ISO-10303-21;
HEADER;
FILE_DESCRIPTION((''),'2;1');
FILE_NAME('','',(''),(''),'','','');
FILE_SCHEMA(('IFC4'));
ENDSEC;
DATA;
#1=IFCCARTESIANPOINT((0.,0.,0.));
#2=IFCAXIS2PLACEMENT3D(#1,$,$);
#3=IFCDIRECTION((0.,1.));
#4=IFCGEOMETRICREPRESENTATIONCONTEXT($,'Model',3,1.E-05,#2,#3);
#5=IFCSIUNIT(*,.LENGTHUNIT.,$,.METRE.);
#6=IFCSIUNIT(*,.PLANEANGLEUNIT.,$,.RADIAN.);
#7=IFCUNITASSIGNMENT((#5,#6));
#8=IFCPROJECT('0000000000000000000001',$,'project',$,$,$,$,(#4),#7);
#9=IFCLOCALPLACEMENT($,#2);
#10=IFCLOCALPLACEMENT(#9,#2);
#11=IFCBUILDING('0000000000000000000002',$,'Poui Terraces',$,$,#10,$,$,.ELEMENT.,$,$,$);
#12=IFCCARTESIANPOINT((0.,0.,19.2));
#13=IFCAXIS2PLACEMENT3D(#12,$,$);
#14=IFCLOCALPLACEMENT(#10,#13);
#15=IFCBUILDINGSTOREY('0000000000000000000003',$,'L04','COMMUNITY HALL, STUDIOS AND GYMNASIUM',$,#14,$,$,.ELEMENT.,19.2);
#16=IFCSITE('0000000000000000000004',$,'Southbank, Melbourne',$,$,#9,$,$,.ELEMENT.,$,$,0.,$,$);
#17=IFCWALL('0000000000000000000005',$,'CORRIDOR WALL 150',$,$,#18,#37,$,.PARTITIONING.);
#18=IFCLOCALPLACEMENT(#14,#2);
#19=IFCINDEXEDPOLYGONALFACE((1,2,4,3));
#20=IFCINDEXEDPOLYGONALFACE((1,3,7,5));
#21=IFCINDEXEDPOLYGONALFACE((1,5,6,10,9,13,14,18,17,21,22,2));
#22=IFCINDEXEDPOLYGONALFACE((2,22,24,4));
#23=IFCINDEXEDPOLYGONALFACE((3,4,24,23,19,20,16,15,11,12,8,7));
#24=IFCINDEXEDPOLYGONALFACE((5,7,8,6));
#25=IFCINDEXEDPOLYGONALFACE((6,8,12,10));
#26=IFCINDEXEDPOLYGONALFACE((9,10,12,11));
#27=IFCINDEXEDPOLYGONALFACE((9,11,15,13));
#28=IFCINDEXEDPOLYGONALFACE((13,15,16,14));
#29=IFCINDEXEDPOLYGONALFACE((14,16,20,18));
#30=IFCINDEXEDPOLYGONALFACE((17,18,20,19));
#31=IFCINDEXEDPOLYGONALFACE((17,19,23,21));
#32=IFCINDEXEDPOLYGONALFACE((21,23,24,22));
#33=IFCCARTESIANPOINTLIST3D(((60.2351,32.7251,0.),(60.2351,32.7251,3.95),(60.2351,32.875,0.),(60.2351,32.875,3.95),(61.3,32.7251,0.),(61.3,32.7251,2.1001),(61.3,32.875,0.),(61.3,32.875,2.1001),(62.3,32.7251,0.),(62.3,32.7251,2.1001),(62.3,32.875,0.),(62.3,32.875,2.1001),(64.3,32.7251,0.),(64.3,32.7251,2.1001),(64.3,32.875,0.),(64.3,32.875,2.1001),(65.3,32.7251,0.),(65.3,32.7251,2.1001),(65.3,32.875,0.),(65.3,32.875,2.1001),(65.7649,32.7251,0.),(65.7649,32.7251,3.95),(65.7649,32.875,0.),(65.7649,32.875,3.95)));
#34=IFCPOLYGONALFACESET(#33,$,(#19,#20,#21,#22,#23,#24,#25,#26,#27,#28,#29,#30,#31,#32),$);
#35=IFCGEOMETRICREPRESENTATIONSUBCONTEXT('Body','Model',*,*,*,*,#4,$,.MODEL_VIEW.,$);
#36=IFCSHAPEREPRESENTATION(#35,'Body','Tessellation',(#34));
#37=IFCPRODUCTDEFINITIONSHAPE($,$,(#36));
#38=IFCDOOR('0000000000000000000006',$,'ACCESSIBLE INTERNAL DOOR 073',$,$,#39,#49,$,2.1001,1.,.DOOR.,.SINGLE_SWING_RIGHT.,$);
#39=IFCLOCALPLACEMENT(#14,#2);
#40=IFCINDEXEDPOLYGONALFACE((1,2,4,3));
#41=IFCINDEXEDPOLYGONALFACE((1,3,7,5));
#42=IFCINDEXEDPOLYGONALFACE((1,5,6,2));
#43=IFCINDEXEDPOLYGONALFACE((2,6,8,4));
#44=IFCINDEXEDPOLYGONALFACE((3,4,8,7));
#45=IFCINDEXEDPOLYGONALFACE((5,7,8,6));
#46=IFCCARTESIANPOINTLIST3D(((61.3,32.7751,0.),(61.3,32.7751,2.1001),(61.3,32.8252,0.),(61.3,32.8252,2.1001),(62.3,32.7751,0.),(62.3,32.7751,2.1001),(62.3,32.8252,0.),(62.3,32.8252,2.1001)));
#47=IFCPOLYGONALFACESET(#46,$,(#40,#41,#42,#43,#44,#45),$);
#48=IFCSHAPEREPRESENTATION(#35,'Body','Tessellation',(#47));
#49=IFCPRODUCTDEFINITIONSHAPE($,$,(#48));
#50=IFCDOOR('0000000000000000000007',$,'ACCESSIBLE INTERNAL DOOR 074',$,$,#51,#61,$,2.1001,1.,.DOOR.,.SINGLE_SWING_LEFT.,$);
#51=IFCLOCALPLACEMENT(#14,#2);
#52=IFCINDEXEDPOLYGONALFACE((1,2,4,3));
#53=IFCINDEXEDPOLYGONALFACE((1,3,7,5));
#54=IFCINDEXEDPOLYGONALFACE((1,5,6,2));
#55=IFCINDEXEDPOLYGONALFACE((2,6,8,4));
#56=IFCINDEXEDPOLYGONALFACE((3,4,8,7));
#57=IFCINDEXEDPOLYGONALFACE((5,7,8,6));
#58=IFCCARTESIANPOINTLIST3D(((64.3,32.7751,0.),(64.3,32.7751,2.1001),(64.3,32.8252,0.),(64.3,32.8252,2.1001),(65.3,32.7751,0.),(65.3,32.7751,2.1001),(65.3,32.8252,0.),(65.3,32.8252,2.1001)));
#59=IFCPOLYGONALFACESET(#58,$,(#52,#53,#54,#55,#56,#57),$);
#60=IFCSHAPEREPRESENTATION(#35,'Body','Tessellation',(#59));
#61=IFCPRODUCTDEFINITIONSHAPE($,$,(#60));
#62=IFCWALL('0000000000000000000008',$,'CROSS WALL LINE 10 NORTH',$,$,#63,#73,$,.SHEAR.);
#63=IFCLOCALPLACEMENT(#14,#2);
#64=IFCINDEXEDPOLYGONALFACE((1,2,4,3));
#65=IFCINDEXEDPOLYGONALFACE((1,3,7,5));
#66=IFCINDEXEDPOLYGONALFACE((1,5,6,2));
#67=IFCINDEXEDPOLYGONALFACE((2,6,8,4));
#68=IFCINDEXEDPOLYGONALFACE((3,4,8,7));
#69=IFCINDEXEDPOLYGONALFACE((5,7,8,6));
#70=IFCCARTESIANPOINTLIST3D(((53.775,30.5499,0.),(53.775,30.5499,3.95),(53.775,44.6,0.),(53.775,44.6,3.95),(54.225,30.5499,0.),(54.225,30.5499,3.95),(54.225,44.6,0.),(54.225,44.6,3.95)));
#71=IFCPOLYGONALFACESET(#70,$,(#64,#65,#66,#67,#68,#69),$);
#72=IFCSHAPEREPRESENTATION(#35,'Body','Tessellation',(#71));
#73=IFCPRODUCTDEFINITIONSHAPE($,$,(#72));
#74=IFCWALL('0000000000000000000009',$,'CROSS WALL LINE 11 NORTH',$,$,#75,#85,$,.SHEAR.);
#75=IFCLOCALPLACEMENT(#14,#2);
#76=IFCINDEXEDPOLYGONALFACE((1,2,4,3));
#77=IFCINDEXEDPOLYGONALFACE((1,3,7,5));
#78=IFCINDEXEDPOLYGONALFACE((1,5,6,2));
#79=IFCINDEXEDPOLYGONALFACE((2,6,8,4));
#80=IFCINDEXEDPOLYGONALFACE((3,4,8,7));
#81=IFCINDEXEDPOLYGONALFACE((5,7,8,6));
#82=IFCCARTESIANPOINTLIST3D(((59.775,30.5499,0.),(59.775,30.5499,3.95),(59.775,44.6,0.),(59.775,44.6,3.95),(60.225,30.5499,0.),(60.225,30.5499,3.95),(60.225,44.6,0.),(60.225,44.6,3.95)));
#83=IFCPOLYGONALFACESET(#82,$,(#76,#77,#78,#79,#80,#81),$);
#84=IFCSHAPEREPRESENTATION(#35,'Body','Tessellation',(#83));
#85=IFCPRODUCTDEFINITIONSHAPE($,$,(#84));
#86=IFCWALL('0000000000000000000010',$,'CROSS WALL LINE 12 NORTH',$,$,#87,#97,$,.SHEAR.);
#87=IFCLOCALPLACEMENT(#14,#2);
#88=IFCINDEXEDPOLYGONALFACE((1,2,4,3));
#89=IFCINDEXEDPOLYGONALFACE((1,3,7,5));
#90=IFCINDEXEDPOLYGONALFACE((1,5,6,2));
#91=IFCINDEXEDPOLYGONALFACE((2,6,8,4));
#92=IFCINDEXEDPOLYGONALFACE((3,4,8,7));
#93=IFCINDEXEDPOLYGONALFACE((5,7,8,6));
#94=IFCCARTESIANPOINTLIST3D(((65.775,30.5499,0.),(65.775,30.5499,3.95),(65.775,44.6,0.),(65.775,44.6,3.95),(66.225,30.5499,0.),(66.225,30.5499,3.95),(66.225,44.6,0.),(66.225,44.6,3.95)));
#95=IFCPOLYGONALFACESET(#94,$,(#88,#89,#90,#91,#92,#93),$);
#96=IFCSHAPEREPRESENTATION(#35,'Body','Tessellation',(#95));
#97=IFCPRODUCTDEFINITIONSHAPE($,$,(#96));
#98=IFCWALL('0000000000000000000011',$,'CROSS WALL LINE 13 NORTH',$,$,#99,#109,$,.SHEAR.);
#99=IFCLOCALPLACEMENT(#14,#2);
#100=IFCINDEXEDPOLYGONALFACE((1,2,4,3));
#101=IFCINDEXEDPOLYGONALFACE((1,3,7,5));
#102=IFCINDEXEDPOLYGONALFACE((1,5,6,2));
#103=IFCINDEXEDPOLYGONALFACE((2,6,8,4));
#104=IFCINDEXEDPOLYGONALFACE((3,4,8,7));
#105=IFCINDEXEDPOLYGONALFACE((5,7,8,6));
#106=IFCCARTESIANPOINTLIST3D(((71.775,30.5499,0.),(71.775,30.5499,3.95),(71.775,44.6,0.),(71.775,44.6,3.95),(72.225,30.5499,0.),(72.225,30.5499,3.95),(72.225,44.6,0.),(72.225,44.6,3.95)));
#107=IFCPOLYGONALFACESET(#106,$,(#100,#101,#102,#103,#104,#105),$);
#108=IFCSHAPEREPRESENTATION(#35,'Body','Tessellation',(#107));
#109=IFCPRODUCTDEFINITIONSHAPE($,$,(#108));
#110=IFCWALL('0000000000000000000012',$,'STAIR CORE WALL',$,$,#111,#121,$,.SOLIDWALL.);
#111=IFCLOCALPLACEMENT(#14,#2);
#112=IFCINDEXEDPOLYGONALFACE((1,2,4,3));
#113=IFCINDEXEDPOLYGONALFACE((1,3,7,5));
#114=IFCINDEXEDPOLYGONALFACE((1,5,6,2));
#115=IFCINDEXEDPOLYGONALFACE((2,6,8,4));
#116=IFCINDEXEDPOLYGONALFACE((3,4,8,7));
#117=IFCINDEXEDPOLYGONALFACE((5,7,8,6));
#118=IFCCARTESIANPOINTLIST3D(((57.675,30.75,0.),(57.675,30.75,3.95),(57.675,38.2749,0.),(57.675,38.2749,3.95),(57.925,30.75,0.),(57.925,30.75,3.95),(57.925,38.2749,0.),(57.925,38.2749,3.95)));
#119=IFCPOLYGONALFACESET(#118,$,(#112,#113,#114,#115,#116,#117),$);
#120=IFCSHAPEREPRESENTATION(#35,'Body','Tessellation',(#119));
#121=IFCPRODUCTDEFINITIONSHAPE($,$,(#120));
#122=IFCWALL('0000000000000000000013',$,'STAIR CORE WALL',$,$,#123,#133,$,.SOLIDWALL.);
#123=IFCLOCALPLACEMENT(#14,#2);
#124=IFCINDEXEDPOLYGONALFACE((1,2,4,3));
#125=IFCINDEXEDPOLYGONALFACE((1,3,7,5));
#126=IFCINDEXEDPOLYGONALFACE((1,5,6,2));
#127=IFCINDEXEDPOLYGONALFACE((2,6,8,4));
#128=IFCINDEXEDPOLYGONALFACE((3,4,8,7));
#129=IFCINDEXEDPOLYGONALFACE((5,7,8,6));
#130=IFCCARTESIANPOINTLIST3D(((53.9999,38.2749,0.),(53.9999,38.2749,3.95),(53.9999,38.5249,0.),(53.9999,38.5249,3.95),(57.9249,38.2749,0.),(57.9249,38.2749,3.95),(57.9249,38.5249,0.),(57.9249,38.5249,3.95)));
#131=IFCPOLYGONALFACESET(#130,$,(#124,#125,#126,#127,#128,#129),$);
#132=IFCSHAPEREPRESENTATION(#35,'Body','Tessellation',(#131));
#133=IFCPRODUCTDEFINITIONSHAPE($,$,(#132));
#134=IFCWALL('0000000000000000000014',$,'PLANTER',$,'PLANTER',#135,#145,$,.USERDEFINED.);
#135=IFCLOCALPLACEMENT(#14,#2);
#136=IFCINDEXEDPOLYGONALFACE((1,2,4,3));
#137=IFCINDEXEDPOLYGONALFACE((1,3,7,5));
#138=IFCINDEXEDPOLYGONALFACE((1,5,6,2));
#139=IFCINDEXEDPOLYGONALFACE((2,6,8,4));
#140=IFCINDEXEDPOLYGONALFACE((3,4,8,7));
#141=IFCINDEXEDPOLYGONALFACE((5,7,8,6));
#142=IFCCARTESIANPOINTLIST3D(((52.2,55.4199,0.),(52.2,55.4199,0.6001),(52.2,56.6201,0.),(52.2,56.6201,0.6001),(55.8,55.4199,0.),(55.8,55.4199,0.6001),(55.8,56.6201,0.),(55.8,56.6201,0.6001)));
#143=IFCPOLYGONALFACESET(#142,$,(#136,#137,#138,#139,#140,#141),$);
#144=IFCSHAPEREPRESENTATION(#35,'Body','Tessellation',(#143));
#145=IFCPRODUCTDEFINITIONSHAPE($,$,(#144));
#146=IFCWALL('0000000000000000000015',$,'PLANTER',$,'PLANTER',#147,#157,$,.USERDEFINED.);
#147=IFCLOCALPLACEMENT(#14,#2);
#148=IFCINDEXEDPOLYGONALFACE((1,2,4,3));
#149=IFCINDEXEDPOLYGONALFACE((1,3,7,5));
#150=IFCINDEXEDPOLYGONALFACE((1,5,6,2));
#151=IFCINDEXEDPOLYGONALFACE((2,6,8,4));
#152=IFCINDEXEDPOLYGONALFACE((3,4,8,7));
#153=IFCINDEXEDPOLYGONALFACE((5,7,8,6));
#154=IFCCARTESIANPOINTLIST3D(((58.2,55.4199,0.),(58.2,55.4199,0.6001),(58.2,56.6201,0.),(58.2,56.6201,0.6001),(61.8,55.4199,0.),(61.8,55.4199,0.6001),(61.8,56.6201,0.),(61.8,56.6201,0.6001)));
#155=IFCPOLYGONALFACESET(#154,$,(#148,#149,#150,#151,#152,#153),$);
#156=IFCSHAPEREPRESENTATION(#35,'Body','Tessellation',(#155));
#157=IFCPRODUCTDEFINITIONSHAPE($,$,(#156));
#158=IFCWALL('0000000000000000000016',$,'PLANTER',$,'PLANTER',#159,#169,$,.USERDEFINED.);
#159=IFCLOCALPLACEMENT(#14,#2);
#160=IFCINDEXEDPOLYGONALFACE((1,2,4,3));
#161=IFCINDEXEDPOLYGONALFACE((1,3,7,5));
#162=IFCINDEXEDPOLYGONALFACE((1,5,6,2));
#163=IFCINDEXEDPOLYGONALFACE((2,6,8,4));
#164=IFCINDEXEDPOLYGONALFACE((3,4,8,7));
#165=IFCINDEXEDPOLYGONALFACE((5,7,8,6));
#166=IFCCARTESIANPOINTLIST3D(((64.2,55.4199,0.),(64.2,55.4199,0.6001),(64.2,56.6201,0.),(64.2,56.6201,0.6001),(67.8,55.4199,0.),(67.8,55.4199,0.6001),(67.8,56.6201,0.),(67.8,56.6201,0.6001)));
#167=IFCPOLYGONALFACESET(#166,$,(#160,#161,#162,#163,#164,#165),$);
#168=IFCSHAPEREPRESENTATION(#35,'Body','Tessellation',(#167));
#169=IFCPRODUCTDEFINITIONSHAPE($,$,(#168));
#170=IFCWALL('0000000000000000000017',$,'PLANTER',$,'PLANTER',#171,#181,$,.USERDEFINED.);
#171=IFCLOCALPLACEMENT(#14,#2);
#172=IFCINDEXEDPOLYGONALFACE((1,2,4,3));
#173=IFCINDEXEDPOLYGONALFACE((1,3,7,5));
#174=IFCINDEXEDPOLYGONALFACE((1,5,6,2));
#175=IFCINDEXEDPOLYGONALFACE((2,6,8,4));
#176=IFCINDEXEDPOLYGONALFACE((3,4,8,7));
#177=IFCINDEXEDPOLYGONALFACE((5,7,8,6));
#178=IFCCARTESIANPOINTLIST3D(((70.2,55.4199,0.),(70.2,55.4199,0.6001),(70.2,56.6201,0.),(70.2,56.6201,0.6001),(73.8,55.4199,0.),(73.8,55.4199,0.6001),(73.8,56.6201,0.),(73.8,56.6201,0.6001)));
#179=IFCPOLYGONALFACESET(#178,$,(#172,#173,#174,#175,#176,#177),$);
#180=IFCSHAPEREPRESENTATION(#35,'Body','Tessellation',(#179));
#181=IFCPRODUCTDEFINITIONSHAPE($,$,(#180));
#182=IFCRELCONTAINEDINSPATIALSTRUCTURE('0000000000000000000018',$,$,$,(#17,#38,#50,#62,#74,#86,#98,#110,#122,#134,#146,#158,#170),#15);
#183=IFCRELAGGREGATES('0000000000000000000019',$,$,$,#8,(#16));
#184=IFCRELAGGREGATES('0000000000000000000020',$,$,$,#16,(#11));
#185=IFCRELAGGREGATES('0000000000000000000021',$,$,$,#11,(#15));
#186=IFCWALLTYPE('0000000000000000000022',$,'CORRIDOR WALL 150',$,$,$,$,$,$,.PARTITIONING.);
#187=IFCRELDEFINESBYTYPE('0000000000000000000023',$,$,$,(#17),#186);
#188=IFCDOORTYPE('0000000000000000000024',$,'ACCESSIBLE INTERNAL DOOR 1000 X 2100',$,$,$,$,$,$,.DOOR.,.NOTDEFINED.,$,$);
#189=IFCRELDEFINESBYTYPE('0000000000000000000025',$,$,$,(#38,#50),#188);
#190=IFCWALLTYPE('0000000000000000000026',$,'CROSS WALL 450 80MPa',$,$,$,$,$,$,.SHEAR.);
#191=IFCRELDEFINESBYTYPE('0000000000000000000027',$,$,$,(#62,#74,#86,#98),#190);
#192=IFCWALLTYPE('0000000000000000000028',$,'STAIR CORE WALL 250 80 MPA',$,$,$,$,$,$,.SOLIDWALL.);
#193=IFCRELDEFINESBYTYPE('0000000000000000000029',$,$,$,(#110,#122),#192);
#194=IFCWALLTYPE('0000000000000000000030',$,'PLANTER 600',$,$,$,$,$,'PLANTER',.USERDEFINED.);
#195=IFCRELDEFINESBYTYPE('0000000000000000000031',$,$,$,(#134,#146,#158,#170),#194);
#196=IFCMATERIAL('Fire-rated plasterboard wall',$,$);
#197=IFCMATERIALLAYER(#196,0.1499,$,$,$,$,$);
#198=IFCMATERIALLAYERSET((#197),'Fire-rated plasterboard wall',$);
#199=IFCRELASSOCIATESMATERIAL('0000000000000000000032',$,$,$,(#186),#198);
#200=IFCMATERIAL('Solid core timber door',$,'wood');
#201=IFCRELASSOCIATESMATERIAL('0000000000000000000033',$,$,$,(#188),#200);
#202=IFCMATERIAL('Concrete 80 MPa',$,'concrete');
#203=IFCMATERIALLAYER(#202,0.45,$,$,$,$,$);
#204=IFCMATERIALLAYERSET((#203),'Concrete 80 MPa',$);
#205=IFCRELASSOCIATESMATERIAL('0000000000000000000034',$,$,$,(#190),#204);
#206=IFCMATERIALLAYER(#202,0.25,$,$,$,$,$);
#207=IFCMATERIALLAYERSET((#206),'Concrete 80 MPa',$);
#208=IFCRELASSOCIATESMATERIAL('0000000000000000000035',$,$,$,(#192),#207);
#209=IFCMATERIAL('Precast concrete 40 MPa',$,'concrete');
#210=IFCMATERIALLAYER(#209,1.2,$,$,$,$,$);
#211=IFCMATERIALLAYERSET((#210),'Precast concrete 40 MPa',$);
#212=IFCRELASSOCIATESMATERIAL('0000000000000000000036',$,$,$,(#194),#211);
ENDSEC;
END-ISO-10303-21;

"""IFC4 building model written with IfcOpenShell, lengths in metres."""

from ifc_helpers import new_model, si_unit, direction, frame, frame_2d, origin, place, context, subcontext, project, spatial, polyline, rectangle, outline, extrude, source, transform, mapped, material, layer, layer_set, type_object, element, fill, save


model = new_model("IFC4")

# Units and contexts
model_context = context("Model", 3, precision=1e-05, world=origin(), true_north=direction((0.0, 1.0)))
body_context = subcontext(model_context, "Body", "Model", "MODEL_VIEW")
ifc_project = project(units=[si_unit("LENGTHUNIT", "METRE"), si_unit("PLANEANGLEUNIT", "RADIAN")], contexts=[model_context])

# Site, building, storey
site_placement = place(None, origin())
site = spatial("IfcSite", under=ifc_project, at=site_placement, Name="Southbank, Melbourne", CompositionType="ELEMENT", RefElevation=0.0)
building_placement = place(site_placement, origin())
building = spatial("IfcBuilding", under=site, at=building_placement, Name="Poui Terraces", CompositionType="ELEMENT")
storey_placement = place(building_placement, frame((0.0, 0.0, 19.2)))
storey = spatial("IfcBuildingStorey", under=building, at=storey_placement, Name="L04", Description="COMMUNITY HALL, STUDIOS AND GYMNASIUM", CompositionType="ELEMENT", Elevation=19.2)

# Shared definitions
ifc_material_1 = material(Name="Concrete 80 MPa", Category="concrete")

# Wall, openings, doors
ifc_material_2 = material(Name="Fire-rated plasterboard wall")
ifc_layer_1 = layer(ifc_material_2, 0.1499)
ifc_layer_set_1 = layer_set([ifc_layer_1], Name="Fire-rated plasterboard wall")
wall_type_1 = type_object("IfcWallType", Name="CORRIDOR WALL 150", PredefinedType="PARTITIONING", material=ifc_layer_set_1)
wall_1_placement = place(storey_placement, frame((60.2351, 32.8, 0.0), z_axis=(0.0, 0.0, 1.0), x_axis=(1.0, 0.0, 0.0)))
wall_1 = element("IfcWall", 1, at=wall_1_placement, inside=storey, type_object=wall_type_1, Name="CORRIDOR WALL 150", PredefinedType="PARTITIONING", context=body_context, shape_type="SweptSolid", body=[
    extrude(rectangle(XDim=5.5298, YDim=0.1499, at=frame_2d((2.7649, 0.0))), origin(), (0.0, 0.0, 1.0), 3.95),
])
opening_1_placement = place(wall_1_placement, frame((1.0649, 0.0, 0.0)))
opening_1 = element("IfcOpeningElement", 2, at=opening_1_placement, cuts=wall_1, PredefinedType="OPENING", context=body_context, shape_type="SweptSolid", body=[
    extrude(rectangle(XDim=1.0, YDim=2.1001, at=frame_2d((0.5, 1.05))), frame((0.0, 0.085, 0.0), z_axis=(0.0, -1.0, 0.0), x_axis=(1.0, 0.0, 0.0)), (0.0, 0.0, 1.0), 0.1699),
])
opening_2_placement = place(wall_1_placement, frame((4.0649, 0.0, 0.0)))
opening_2 = element("IfcOpeningElement", 3, at=opening_2_placement, cuts=wall_1, PredefinedType="OPENING", context=body_context, shape_type="SweptSolid", body=[
    extrude(rectangle(XDim=1.0, YDim=2.1001, at=frame_2d((0.5, 1.05))), frame((0.0, 0.085, 0.0), z_axis=(0.0, -1.0, 0.0), x_axis=(1.0, 0.0, 0.0)), (0.0, 0.0, 1.0), 0.1699),
])
ifc_material_3 = material(Name="Solid core timber door", Category="wood")
door_type = type_object("IfcDoorType", Name="ACCESSIBLE INTERNAL DOOR 1000 X 2100", OperationType="NOTDEFINED", PredefinedType="DOOR", material=ifc_material_3)
door_1_placement = place(opening_1_placement, frame((1.0, 0.0, 0.0), z_axis=(0.0, 0.0, 1.0), x_axis=(-1.0, 0.0, 0.0)))
door_1 = element("IfcDoor", 4, at=door_1_placement, inside=storey, type_object=door_type, Name="ACCESSIBLE INTERNAL DOOR 073", OperationType="SINGLE_SWING_RIGHT", OverallHeight=2.1001, OverallWidth=1.0, PredefinedType="DOOR", context=body_context, shape_type="SweptSolid", body=[
    extrude(rectangle(XDim=1.0, YDim=2.1001, at=frame_2d((0.5, 1.05))), frame((0.0, 0.0249, 0.0), z_axis=(0.0, -1.0, 0.0), x_axis=(1.0, 0.0, 0.0)), (0.0, 0.0, 1.0), 0.05),
])
fill(opening_1, door_1)
door_2_placement = place(opening_2_placement, frame((1.0, 0.0, 0.0), z_axis=(0.0, 0.0, 1.0), x_axis=(-1.0, 0.0, 0.0)))
door_2 = element("IfcDoor", 5, at=door_2_placement, inside=storey, type_object=door_type, Name="ACCESSIBLE INTERNAL DOOR 074", OperationType="SINGLE_SWING_LEFT", OverallHeight=2.1001, OverallWidth=1.0, PredefinedType="DOOR", context=body_context, shape_type="SweptSolid", body=[
    extrude(rectangle(XDim=1.0, YDim=2.1001, at=frame_2d((0.5, 1.05))), frame((0.0, 0.0249, 0.0), z_axis=(0.0, -1.0, 0.0), x_axis=(1.0, 0.0, 0.0)), (0.0, 0.0, 1.0), 0.05),
])
fill(opening_2, door_2)

# Walls
ifc_layer_2 = layer(ifc_material_1, 0.45)
ifc_layer_set_2 = layer_set([ifc_layer_2], Name="Concrete 80 MPa")
wall_type_2 = type_object("IfcWallType", Name="CROSS WALL 450 80MPa", PredefinedType="SHEAR", material=ifc_layer_set_2)
for number, where, z_axis, x_axis, name in (
    (6, (54.0, 30.55, 0.0), (0.0, 0.0, 1.0), (0.0, 1.0, 0.0), "CROSS WALL LINE 10 NORTH"),
    (7, (60.0, 30.55, 0.0), (0.0, 0.0, 1.0), (0.0, 1.0, 0.0), "CROSS WALL LINE 11 NORTH"),
    (8, (66.0, 30.55, 0.0), (0.0, 0.0, 1.0), (0.0, 1.0, 0.0), "CROSS WALL LINE 12 NORTH"),
    (9, (72.0, 30.55, 0.0), (0.0, 0.0, 1.0), (0.0, 1.0, 0.0), "CROSS WALL LINE 13 NORTH"),
):
    element("IfcWall", number, at=place(storey_placement, frame(where, z_axis=z_axis, x_axis=x_axis)), inside=storey, type_object=wall_type_2, Name=name, PredefinedType="SHEAR", context=body_context, shape_type="SweptSolid", body=[
        extrude(rectangle(XDim=14.05, YDim=0.45, at=frame_2d((7.0249, 0.0))), origin(), (0.0, 0.0, 1.0), 3.95),
    ])
ifc_layer_3 = layer(ifc_material_1, 0.25)
ifc_layer_set_3 = layer_set([ifc_layer_3], Name="Concrete 80 MPa")
wall_type_3 = type_object("IfcWallType", Name="STAIR CORE WALL 250 80 MPA", PredefinedType="SOLIDWALL", material=ifc_layer_set_3)
wall_2_placement = place(storey_placement, frame((57.8, 30.75, 0.0), z_axis=(0.0, 0.0, 1.0), x_axis=(0.0, 1.0, 0.0)))
element("IfcWall", 10, at=wall_2_placement, inside=storey, type_object=wall_type_3, Name="STAIR CORE WALL", PredefinedType="SOLIDWALL", context=body_context, shape_type="SweptSolid", body=[
    extrude(rectangle(XDim=7.5249, YDim=0.25, at=frame_2d((3.7625, 0.0))), origin(), (0.0, 0.0, 1.0), 3.95),
])
wall_3_placement = place(storey_placement, frame((54.0, 38.3999, 0.0), z_axis=(0.0, 0.0, 1.0), x_axis=(1.0, 0.0, 0.0)))
element("IfcWall", 11, at=wall_3_placement, inside=storey, type_object=wall_type_3, Name="STAIR CORE WALL", PredefinedType="SOLIDWALL", context=body_context, shape_type="SweptSolid", body=[
    extrude(rectangle(XDim=3.925, YDim=0.25, at=frame_2d((1.9624, 0.0))), origin(), (0.0, 0.0, 1.0), 3.95),
])
ifc_material_4 = material(Name="Precast concrete 40 MPa", Category="concrete")
ifc_layer_4 = layer(ifc_material_4, 1.2)
ifc_layer_set_4 = layer_set([ifc_layer_4], Name="Precast concrete 40 MPa")
wall_type_4 = type_object("IfcWallType", Name="PLANTER 600", ElementType="PLANTER", PredefinedType="USERDEFINED", material=ifc_layer_set_4)
shared_shape_1 = source(origin(), body_context, "Body", "SweptSolid", [
    extrude(outline(polyline([(0.0, 0.0), (3.6001, 0.0), (3.6001, 1.2002), (0.0, 1.2002), (0.0, 0.0)])), origin(), (0.0, 0.0, 1.0), 0.6001),
])
for number, where, name in (
    (12, (52.2, 55.4199, 0.0), "PLANTER"),
    (13, (58.2, 55.4199, 0.0), "PLANTER"),
    (14, (64.2, 55.4199, 0.0), "PLANTER"),
    (15, (70.2, 55.4199, 0.0), "PLANTER"),
):
    element("IfcWall", number, at=place(storey_placement, frame(where)), inside=storey, type_object=wall_type_4, Name=name, ObjectType="PLANTER", PredefinedType="USERDEFINED", context=body_context, shape_type="MappedRepresentation", body=[
        mapped(shared_shape_1, transform((0.0, 0.0, 0.0))),
    ])

save(model, "model.ifc")
